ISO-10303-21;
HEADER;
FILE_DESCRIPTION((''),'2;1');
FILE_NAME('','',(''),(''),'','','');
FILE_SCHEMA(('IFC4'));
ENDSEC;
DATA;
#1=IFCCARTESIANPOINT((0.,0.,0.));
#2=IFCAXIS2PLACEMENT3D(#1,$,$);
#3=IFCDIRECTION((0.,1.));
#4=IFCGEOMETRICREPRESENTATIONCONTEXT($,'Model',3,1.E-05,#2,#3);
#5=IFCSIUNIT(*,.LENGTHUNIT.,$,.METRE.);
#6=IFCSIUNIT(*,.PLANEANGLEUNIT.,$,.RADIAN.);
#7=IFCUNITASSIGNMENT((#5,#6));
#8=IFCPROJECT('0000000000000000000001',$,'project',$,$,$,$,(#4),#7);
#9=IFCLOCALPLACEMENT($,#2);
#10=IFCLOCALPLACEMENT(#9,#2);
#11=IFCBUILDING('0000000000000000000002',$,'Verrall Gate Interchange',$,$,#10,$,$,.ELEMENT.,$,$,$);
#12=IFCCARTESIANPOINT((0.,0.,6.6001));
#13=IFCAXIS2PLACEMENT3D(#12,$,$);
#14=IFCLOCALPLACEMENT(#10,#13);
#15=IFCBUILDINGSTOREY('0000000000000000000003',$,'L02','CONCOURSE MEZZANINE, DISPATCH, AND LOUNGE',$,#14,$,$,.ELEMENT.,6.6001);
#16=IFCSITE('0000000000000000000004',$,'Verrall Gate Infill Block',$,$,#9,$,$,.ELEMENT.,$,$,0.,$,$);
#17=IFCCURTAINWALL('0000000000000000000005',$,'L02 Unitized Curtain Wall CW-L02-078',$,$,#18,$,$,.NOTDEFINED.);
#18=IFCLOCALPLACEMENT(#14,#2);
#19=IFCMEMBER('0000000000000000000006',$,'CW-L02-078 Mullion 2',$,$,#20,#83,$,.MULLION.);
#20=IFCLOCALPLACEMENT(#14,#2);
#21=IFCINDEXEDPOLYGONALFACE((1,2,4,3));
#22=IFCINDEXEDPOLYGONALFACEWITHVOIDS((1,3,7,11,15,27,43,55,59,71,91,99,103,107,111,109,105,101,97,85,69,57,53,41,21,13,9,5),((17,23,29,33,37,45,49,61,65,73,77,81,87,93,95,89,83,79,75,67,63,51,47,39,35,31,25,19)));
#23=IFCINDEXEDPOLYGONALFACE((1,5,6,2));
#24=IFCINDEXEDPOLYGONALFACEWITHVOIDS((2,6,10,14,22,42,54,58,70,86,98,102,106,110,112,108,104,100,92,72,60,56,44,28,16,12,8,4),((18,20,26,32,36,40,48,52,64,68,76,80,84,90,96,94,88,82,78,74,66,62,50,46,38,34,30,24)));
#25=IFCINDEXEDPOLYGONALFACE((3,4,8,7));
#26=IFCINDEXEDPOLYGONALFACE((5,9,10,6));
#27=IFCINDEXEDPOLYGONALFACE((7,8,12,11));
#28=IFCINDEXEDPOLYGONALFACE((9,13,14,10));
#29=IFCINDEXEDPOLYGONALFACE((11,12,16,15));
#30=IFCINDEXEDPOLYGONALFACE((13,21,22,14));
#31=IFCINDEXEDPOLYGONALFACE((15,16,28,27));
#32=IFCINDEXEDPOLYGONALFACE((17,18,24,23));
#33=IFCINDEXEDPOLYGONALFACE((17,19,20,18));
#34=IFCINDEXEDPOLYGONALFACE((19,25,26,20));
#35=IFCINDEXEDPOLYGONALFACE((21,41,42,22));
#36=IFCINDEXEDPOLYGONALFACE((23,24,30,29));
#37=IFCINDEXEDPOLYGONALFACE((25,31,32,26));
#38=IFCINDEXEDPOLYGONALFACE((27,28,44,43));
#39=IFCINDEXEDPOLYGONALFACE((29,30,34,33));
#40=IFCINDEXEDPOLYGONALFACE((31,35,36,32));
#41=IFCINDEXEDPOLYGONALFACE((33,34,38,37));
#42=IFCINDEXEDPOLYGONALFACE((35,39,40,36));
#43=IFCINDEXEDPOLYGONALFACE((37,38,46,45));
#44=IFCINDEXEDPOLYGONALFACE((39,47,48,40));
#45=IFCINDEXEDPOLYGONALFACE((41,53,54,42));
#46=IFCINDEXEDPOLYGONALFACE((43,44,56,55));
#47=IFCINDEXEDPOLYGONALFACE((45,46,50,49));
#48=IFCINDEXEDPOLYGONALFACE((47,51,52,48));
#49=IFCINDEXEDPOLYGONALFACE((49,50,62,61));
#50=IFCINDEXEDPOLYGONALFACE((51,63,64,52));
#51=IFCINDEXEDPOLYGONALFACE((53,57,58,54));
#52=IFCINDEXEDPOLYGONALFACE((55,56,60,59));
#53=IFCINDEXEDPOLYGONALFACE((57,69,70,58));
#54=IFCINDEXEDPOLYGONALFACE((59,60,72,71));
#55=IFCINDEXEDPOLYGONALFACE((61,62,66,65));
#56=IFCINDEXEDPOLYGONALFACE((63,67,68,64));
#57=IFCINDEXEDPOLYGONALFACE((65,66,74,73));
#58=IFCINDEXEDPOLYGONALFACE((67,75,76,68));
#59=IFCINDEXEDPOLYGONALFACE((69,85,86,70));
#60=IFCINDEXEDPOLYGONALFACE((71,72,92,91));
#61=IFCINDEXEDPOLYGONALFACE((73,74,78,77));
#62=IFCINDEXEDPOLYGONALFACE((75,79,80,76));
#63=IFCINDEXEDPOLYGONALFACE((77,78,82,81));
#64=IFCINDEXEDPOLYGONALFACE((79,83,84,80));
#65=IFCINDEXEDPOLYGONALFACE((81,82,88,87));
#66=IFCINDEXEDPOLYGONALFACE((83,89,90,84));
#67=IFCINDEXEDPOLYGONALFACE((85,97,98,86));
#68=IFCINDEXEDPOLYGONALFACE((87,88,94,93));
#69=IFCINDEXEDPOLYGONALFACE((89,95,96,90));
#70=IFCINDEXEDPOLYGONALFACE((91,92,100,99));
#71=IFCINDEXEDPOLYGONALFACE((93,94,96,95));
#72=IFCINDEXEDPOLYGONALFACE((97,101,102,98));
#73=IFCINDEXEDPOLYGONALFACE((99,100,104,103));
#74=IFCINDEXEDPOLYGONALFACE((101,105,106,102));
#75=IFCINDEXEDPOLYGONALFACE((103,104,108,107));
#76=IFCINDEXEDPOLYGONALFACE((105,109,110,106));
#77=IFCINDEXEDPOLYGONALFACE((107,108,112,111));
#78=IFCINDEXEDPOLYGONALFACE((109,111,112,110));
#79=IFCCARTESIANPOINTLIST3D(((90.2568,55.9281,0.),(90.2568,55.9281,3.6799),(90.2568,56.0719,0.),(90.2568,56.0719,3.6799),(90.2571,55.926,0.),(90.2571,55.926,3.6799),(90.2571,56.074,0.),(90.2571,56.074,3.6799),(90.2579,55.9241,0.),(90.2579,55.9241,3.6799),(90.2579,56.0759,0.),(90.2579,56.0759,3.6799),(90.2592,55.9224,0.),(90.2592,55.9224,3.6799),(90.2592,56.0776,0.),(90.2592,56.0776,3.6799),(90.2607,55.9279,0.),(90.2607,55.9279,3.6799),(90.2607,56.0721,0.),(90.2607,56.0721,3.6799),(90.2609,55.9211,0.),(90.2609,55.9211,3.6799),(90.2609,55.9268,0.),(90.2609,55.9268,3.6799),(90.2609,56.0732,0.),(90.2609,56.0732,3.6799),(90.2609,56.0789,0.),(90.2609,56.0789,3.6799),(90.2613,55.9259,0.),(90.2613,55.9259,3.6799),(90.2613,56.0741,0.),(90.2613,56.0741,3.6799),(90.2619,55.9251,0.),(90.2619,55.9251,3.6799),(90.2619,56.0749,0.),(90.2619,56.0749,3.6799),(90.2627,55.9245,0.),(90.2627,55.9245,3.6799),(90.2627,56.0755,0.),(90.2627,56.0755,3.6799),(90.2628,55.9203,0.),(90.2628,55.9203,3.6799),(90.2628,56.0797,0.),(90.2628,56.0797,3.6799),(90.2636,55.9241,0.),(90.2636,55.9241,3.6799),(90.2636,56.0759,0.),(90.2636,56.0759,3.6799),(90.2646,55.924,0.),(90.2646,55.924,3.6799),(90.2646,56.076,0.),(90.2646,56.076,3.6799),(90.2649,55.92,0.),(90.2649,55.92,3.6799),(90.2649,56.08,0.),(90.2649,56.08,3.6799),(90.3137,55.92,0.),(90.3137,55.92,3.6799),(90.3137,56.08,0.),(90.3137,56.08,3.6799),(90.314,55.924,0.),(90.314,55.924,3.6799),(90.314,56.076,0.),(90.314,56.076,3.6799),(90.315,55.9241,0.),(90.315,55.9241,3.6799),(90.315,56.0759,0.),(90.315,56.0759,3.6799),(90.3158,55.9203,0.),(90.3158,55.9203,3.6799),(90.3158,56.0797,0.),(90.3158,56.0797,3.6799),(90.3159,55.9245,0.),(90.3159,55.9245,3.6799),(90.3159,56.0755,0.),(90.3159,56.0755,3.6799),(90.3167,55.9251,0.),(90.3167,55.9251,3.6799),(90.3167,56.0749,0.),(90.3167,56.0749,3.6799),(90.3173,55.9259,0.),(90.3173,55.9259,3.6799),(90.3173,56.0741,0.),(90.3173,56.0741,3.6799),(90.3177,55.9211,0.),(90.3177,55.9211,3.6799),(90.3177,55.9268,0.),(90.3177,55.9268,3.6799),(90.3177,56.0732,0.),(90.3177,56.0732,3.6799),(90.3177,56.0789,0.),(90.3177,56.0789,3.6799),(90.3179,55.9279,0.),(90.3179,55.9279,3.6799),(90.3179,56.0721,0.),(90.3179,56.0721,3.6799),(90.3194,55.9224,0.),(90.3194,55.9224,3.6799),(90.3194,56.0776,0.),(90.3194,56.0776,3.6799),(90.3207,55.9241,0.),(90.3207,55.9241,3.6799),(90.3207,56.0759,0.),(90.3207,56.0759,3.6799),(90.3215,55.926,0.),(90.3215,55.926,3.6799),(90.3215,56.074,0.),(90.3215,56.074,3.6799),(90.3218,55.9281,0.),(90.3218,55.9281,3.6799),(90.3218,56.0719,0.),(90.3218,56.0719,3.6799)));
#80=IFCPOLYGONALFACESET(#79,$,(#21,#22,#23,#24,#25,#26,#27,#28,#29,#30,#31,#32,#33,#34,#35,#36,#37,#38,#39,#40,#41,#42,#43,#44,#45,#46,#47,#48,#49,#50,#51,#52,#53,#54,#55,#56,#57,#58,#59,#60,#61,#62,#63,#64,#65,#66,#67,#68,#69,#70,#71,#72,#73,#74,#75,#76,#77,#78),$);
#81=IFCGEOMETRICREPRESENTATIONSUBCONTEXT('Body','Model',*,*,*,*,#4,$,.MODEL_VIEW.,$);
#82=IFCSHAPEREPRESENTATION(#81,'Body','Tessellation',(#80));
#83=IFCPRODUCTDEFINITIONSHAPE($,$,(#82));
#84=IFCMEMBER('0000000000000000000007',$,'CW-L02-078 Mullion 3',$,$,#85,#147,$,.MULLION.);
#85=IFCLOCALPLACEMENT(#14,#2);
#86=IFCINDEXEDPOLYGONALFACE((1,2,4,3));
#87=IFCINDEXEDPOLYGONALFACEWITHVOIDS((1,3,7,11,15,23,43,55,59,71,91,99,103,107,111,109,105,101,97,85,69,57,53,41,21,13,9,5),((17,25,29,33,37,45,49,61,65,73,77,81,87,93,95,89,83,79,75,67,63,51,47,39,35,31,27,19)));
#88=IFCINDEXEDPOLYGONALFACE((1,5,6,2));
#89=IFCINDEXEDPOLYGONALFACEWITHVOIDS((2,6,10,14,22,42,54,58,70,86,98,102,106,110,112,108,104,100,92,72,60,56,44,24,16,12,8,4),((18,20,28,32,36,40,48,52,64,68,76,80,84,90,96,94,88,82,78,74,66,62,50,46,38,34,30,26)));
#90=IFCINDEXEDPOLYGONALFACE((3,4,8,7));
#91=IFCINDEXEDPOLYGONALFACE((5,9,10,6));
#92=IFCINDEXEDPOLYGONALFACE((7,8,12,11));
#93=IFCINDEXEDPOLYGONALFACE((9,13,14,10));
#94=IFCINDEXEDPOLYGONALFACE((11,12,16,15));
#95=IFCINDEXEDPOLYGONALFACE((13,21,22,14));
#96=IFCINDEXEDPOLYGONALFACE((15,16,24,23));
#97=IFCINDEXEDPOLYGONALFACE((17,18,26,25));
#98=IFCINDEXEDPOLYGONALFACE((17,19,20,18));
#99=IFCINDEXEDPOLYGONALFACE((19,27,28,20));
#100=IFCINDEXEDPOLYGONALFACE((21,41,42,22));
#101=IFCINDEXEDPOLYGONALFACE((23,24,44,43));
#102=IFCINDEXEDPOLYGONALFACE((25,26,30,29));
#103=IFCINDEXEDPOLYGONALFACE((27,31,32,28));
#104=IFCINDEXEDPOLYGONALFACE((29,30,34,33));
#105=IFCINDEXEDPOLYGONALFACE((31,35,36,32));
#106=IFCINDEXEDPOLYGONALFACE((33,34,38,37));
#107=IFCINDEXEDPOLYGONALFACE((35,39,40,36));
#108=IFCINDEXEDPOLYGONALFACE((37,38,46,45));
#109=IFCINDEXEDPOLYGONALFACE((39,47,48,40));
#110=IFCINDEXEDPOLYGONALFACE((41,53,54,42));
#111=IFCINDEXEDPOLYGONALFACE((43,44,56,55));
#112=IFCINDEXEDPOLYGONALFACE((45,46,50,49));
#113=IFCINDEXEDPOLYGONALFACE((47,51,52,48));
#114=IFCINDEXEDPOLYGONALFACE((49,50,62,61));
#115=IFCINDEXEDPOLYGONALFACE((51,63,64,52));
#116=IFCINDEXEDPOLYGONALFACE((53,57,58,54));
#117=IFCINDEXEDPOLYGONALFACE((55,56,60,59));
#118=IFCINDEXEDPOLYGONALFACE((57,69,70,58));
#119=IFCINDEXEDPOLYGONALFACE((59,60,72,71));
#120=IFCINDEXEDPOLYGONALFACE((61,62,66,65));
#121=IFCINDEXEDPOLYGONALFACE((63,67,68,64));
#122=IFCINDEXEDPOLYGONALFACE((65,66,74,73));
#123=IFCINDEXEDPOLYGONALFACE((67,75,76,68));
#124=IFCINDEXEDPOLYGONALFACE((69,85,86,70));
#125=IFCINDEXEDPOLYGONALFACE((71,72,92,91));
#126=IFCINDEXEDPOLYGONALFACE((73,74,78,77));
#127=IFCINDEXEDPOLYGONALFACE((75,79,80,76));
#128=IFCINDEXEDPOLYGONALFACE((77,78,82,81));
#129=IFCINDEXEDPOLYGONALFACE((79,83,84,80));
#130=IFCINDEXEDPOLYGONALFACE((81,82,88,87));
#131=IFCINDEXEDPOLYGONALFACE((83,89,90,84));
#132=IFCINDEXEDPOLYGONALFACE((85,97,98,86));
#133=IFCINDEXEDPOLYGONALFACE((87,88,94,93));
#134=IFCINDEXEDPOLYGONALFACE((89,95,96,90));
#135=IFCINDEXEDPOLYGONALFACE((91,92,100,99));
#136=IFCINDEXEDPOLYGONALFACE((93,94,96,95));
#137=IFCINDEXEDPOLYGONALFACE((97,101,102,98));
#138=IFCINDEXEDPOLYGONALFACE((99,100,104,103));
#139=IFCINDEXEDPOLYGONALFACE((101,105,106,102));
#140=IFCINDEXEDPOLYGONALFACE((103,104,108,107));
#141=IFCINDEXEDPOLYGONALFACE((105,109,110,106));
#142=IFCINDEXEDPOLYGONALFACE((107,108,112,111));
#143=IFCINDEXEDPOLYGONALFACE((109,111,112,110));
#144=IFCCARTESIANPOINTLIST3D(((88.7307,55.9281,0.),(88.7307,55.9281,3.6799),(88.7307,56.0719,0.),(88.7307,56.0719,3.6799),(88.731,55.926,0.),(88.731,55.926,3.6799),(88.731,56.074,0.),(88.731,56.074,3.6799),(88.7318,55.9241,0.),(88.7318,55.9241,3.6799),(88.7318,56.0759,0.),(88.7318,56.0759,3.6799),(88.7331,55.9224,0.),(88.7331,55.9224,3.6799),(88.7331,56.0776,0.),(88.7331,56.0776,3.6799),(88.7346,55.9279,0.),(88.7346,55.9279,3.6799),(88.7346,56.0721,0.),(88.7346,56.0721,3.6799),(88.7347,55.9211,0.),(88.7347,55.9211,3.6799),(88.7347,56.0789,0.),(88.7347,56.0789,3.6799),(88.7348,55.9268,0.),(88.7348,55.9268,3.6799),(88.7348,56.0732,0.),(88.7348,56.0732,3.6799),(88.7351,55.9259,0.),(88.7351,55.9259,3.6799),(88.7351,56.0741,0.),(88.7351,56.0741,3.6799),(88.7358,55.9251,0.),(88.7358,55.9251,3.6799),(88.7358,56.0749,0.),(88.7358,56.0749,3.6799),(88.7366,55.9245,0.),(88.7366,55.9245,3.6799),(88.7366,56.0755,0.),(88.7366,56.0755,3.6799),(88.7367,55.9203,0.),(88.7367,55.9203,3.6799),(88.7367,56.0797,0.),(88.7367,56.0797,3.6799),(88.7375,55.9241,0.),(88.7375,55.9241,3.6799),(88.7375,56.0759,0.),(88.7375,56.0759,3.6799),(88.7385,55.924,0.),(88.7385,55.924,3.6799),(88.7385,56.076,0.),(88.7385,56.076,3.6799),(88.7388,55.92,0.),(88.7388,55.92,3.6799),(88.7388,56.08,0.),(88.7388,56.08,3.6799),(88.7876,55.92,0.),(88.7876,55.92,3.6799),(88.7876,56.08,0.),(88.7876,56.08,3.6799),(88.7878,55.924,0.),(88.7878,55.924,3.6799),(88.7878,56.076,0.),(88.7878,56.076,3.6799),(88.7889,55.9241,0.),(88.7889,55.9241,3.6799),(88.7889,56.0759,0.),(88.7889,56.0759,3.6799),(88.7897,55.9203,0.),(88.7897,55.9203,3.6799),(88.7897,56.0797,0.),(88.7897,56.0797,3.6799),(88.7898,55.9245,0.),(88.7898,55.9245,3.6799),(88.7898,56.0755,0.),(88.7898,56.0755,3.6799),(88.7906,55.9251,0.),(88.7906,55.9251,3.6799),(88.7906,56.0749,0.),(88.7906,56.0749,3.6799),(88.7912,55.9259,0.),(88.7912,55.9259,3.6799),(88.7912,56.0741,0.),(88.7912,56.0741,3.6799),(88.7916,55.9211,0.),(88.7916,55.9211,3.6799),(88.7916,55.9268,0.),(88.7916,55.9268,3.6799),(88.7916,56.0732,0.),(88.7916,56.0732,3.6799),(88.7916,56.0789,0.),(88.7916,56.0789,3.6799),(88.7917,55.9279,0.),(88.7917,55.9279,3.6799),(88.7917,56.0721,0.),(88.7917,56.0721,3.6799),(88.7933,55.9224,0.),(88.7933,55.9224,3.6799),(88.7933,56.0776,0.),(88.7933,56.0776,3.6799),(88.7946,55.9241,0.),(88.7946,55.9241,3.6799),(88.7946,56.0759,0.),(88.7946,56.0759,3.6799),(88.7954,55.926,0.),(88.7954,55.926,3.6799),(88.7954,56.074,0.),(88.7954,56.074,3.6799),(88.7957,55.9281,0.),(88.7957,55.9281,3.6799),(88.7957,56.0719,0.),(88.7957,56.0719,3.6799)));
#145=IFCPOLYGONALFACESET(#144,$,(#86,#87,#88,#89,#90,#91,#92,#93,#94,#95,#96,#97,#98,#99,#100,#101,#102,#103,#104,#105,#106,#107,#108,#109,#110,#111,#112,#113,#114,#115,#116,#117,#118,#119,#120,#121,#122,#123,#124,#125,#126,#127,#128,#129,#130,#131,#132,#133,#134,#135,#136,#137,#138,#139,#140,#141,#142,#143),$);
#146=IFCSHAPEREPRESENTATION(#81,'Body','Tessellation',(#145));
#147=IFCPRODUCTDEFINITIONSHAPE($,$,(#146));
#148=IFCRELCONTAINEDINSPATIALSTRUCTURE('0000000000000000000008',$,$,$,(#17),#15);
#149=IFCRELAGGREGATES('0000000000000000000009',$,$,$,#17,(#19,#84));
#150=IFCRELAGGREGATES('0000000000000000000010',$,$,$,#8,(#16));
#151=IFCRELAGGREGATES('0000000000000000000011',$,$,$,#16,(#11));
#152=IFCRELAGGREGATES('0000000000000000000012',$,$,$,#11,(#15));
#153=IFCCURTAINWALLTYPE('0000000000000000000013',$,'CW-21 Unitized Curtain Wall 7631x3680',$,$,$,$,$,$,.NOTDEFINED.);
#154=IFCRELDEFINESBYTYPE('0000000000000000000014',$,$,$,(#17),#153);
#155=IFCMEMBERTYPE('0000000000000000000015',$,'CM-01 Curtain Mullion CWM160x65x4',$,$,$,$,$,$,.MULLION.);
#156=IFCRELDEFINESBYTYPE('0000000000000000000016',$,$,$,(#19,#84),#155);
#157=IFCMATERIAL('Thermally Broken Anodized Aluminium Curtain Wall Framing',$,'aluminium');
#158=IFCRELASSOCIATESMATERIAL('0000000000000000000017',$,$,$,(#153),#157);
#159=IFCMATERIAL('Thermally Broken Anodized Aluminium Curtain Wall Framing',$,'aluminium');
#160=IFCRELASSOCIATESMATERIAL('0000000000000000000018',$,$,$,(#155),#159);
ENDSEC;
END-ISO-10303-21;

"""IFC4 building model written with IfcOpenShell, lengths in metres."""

from ifc_helpers import new_model, si_unit, direction, frame, origin, origin_2d, place, context, subcontext, project, spatial, hollow_rectangle, extrude, material, material_profile, profile_set, type_object, element, aggregate, save


model = new_model("IFC4")

# Units and contexts
model_context = context("Model", 3, precision=1e-05, world=origin(), true_north=direction((0.0, 1.0)))
body_context = subcontext(model_context, "Body", "Model", "MODEL_VIEW")
ifc_project = project(units=[si_unit("LENGTHUNIT", "METRE"), si_unit("PLANEANGLEUNIT", "RADIAN")], contexts=[model_context])

# Site, building, storey
site_placement = place(None, origin())
site = spatial("IfcSite", under=ifc_project, at=site_placement, Name="Verrall Gate Infill Block", CompositionType="ELEMENT", RefElevation=0.0)
building_placement = place(site_placement, origin())
building = spatial("IfcBuilding", under=site, at=building_placement, Name="Verrall Gate Interchange", CompositionType="ELEMENT")
storey_placement = place(building_placement, frame((0.0, 0.0, 6.6001)))
storey = spatial("IfcBuildingStorey", under=building, at=storey_placement, Name="L02", Description="CONCOURSE MEZZANINE, DISPATCH, AND LOUNGE", CompositionType="ELEMENT", Elevation=6.6001)

# Curtain wall, members
ifc_material_1 = material(Name="Thermally Broken Anodized Aluminium Curtain Wall Framing", Category="aluminium")
curtain_wall_type = type_object("IfcCurtainWallType", Name="CW-21 Unitized Curtain Wall 7631x3680", PredefinedType="NOTDEFINED", material=ifc_material_1)
curtain_wall_1_placement = place(storey_placement, origin())
curtain_wall_1 = element("IfcCurtainWall", 1, at=curtain_wall_1_placement, inside=storey, type_object=curtain_wall_type, Name="L02 Unitized Curtain Wall CW-L02-078", PredefinedType="NOTDEFINED")
ifc_material_2 = material(Name="Thermally Broken Anodized Aluminium Curtain Wall Framing", Category="aluminium")
ifc_material_profile_1 = material_profile(ifc_material_2, hollow_rectangle(XDim=0.0649, YDim=0.1599, WallThickness=0.0039, InnerFilletRadius=0.0039, OuterFilletRadius=0.0081, at=origin_2d()), Name="CWM160x65x4")
ifc_profile_set_1 = profile_set([ifc_material_profile_1], Name="Thermally Broken Anodized Aluminium Curtain Wall Framing")
member_type_1 = type_object("IfcMemberType", Name="CM-01 Curtain Mullion CWM160x65x4", PredefinedType="MULLION", material=ifc_profile_set_1)
member_1_placement = place(storey_placement, frame((90.2893, 56.0, 0.0), z_axis=(0.0, 0.0, 1.0), x_axis=(-1.0, 0.0, 0.0)))
member_1 = element("IfcMember", 2, at=member_1_placement, type_object=member_type_1, Name="CW-L02-078 Mullion 2", PredefinedType="MULLION", context=body_context, shape_type="SweptSolid", body=[
    extrude(hollow_rectangle(XDim=0.0649, YDim=0.1599, WallThickness=0.0039, InnerFilletRadius=0.0039, OuterFilletRadius=0.0081, at=origin_2d()), origin(), (0.0, 0.0, 1.0), 3.6799),
])
member_2_placement = place(storey_placement, frame((88.7632, 56.0, 0.0), z_axis=(0.0, 0.0, 1.0), x_axis=(-1.0, 0.0, 0.0)))
member_2 = element("IfcMember", 3, at=member_2_placement, type_object=member_type_1, Name="CW-L02-078 Mullion 3", PredefinedType="MULLION", context=body_context, shape_type="SweptSolid", body=[
    extrude(hollow_rectangle(XDim=0.0649, YDim=0.1599, WallThickness=0.0039, InnerFilletRadius=0.0039, OuterFilletRadius=0.0081, at=origin_2d()), origin(), (0.0, 0.0, 1.0), 3.6799),
])

aggregate(curtain_wall_1, [member_1, member_2])

save(model, "model.ifc")
